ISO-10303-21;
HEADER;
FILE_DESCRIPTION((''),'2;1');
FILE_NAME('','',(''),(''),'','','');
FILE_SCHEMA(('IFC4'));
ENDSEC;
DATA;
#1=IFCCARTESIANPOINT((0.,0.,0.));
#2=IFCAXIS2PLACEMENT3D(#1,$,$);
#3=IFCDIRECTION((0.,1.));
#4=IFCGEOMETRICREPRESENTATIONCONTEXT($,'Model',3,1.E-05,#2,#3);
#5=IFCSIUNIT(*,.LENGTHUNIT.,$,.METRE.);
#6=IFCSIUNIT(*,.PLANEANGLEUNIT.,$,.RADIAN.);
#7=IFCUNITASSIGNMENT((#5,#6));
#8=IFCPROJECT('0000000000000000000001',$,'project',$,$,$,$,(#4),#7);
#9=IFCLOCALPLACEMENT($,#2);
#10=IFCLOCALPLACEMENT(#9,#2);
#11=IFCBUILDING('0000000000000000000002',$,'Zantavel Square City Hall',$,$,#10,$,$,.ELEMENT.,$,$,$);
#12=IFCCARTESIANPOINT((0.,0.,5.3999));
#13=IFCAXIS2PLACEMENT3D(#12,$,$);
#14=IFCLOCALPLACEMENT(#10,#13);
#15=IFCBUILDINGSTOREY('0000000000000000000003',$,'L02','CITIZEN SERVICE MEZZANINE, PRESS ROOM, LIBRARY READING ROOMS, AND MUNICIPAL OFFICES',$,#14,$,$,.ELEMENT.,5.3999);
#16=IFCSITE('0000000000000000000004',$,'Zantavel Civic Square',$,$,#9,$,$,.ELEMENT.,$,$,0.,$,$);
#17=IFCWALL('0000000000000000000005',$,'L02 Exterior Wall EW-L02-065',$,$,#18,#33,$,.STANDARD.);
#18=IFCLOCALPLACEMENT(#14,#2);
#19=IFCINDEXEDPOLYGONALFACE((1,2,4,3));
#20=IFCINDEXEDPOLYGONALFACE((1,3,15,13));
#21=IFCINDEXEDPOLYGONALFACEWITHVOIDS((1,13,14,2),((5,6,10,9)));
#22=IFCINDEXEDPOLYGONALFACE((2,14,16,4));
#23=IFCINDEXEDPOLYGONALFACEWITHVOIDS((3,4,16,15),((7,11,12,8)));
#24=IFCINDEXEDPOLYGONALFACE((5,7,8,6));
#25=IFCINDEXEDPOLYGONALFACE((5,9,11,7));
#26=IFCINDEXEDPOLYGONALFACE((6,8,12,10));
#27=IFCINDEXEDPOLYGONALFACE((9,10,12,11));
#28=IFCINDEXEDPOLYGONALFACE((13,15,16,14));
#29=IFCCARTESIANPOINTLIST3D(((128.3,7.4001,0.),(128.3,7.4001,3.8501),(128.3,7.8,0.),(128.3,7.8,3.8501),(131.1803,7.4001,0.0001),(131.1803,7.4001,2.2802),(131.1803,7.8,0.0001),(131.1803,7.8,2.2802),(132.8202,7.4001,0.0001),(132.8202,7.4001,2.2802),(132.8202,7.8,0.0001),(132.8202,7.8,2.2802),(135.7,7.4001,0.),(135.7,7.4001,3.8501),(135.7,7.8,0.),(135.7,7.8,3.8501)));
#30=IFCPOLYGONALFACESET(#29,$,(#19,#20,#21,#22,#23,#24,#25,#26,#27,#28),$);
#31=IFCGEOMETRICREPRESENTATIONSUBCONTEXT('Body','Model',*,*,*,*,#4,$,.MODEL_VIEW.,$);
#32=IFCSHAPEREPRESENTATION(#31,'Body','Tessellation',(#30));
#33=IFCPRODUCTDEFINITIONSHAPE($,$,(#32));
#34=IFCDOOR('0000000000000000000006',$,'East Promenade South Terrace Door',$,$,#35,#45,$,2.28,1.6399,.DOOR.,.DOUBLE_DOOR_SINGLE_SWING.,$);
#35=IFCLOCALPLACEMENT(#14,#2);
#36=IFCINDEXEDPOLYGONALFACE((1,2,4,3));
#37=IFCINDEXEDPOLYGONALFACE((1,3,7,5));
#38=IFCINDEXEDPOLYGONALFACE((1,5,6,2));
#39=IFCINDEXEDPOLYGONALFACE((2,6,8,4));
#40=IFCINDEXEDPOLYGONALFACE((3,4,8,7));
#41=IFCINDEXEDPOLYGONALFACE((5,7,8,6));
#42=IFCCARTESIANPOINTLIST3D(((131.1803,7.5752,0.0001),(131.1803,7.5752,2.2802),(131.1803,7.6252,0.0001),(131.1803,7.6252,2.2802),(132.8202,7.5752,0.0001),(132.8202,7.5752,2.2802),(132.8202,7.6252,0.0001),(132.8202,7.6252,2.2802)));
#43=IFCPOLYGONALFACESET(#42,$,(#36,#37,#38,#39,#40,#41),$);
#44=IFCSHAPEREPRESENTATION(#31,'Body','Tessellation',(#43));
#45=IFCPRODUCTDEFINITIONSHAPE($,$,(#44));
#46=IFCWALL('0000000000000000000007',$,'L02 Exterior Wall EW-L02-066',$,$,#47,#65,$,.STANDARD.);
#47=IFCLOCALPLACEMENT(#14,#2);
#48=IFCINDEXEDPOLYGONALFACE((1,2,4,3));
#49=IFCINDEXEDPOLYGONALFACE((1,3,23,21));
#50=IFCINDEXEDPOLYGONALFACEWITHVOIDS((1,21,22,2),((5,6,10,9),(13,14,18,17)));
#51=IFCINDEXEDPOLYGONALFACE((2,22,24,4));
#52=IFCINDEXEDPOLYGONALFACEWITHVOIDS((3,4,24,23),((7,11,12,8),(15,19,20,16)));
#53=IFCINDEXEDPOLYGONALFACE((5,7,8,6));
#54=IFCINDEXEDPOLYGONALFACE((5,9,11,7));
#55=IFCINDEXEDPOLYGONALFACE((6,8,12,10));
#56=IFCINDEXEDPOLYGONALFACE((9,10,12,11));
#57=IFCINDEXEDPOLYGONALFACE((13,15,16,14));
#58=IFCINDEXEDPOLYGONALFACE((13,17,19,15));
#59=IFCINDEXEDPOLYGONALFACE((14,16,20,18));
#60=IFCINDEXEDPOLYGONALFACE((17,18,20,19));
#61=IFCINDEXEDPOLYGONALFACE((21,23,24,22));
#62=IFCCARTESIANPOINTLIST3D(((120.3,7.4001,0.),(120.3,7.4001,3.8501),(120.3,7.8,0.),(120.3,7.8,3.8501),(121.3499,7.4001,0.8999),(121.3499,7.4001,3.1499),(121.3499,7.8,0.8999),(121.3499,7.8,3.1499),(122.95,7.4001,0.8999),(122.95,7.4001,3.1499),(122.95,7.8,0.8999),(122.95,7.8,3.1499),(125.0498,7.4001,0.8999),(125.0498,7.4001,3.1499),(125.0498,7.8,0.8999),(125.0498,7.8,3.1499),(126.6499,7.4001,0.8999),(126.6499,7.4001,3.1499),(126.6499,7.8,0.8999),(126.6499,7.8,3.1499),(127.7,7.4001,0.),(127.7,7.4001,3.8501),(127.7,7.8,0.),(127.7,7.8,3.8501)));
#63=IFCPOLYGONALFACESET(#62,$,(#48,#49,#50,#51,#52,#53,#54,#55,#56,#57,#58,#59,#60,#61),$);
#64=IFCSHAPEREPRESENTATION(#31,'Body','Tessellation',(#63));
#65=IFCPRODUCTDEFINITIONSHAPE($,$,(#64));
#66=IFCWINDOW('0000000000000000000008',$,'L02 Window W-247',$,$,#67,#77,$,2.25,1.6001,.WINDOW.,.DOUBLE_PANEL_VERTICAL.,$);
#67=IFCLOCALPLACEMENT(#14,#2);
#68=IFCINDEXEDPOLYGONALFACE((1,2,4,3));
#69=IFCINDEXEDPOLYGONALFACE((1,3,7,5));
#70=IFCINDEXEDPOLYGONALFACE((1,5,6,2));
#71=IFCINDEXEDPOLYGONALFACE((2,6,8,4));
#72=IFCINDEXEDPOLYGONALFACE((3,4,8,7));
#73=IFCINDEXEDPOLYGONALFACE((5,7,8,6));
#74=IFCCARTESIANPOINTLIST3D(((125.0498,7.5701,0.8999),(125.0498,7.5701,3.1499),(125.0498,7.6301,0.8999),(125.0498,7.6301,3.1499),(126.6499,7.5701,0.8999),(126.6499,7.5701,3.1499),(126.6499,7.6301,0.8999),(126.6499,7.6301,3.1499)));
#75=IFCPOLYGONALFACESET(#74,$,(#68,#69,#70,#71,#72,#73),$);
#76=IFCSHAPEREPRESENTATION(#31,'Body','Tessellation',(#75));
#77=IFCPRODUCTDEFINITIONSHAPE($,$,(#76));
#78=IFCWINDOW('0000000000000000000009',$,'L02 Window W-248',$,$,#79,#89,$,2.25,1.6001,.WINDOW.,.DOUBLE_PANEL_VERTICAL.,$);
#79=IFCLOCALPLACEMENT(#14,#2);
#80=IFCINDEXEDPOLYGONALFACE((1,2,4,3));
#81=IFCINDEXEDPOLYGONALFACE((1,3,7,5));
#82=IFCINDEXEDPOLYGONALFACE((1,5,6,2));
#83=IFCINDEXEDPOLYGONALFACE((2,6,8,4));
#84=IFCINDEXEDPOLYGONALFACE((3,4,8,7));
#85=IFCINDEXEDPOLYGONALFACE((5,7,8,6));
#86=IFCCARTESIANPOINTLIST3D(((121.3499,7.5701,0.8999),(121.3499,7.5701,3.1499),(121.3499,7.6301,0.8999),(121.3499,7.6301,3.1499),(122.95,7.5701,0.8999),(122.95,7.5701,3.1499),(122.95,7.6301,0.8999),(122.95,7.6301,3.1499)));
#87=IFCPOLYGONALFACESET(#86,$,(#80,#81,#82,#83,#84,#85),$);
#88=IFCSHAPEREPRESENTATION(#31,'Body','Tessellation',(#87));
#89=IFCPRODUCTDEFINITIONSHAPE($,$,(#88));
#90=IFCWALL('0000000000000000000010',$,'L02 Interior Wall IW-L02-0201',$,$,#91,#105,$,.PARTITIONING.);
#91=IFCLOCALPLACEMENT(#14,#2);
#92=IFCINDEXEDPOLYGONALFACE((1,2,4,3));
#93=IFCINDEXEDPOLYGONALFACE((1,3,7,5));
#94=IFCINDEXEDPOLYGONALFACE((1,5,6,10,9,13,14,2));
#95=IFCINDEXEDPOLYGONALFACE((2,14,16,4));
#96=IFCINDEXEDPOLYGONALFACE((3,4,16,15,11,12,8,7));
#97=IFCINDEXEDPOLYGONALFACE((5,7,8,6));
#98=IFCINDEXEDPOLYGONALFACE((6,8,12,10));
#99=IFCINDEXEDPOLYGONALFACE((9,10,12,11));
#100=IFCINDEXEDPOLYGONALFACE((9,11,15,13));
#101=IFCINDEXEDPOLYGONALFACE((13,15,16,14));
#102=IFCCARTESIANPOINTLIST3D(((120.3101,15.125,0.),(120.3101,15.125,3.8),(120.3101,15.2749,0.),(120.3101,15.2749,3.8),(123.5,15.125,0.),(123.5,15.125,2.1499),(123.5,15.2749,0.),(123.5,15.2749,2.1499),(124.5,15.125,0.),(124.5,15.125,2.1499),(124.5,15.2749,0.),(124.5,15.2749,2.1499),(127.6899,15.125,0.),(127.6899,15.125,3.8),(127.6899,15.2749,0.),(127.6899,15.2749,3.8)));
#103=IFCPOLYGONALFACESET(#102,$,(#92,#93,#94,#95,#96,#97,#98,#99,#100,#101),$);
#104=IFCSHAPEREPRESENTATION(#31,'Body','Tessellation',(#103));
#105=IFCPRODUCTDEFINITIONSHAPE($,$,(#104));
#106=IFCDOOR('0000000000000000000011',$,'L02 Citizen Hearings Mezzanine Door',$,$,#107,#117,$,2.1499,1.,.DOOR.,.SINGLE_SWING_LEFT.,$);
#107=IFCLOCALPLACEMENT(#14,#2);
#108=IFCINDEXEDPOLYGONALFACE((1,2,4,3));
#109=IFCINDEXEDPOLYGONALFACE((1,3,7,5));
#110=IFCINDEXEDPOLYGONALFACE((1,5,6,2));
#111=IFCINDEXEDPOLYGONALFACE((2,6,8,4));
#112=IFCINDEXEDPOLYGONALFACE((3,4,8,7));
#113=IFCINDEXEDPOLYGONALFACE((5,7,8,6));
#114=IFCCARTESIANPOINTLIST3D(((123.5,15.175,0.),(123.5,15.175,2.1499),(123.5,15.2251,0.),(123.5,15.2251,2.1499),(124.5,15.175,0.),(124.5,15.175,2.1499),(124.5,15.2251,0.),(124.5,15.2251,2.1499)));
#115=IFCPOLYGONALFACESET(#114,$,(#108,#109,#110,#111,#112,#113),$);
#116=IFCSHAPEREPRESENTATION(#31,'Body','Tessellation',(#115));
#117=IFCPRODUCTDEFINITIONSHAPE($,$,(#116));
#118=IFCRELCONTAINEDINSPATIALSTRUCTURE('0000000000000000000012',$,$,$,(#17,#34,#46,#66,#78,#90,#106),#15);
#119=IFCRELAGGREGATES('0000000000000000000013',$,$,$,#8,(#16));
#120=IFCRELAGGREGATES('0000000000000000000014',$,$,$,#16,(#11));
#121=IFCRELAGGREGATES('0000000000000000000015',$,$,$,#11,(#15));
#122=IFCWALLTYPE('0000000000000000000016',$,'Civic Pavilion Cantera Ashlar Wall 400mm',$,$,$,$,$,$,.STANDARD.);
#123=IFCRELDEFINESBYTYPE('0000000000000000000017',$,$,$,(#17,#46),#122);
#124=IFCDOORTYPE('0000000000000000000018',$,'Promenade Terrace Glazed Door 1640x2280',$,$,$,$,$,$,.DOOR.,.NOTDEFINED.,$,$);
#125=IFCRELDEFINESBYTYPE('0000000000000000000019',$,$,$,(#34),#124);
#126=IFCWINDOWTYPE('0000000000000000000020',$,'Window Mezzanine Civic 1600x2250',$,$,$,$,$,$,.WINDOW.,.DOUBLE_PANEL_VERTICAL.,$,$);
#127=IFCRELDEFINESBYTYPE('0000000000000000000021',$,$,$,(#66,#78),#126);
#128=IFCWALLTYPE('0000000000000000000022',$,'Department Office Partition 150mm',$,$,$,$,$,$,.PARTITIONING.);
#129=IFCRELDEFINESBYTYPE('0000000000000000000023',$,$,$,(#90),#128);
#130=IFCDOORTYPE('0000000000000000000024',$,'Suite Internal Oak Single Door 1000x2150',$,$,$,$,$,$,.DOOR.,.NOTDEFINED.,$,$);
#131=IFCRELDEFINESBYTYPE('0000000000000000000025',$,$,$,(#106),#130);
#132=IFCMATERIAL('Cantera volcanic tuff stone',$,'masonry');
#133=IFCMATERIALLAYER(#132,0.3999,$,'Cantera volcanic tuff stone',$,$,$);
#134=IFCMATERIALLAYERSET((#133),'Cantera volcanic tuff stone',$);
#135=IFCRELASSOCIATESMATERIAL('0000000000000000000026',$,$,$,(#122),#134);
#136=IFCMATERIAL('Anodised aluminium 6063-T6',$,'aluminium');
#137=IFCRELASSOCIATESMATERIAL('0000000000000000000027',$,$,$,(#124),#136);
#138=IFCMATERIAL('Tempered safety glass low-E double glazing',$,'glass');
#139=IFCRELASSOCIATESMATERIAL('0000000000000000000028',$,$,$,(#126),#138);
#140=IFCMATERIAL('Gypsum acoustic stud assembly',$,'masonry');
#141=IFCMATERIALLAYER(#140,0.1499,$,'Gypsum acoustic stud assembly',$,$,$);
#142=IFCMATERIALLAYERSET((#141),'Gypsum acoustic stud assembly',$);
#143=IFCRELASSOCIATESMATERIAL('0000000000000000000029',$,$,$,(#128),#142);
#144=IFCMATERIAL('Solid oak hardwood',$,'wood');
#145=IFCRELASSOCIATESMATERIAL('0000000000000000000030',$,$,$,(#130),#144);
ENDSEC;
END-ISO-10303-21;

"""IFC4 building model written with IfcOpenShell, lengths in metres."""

from ifc_helpers import new_model, si_unit, direction, frame, frame_2d, origin, place, context, subcontext, project, spatial, rectangle, extrude, material, layer, layer_set, type_object, element, fill, save


model = new_model("IFC4")

# Units and contexts
model_context = context("Model", 3, precision=1e-05, world=origin(), true_north=direction((0.0, 1.0)))
body_context = subcontext(model_context, "Body", "Model", "MODEL_VIEW")
ifc_project = project(units=[si_unit("LENGTHUNIT", "METRE"), si_unit("PLANEANGLEUNIT", "RADIAN")], contexts=[model_context])

# Site, building, storey
site_placement = place(None, origin())
site = spatial("IfcSite", under=ifc_project, at=site_placement, Name="Zantavel Civic Square", CompositionType="ELEMENT", RefElevation=0.0)
building_placement = place(site_placement, origin())
building = spatial("IfcBuilding", under=site, at=building_placement, Name="Zantavel Square City Hall", CompositionType="ELEMENT")
storey_placement = place(building_placement, frame((0.0, 0.0, 5.3999)))
storey = spatial("IfcBuildingStorey", under=building, at=storey_placement, Name="L02", Description="CITIZEN SERVICE MEZZANINE, PRESS ROOM, LIBRARY READING ROOMS, AND MUNICIPAL OFFICES", CompositionType="ELEMENT", Elevation=5.3999)

# Wall, opening, door
ifc_material_1 = material(Name="Cantera volcanic tuff stone", Category="masonry")
ifc_layer_1 = layer(ifc_material_1, 0.3999, Name="Cantera volcanic tuff stone")
ifc_layer_set_1 = layer_set([ifc_layer_1], Name="Cantera volcanic tuff stone")
wall_type_1 = type_object("IfcWallType", Name="Civic Pavilion Cantera Ashlar Wall 400mm", PredefinedType="STANDARD", material=ifc_layer_set_1)
wall_1_placement = place(storey_placement, frame((135.7, 7.6001, 0.0), z_axis=(0.0, 0.0, 1.0), x_axis=(-1.0, 0.0, 0.0)))
wall_1 = element("IfcWall", 1, at=wall_1_placement, inside=storey, type_object=wall_type_1, Name="L02 Exterior Wall EW-L02-065", PredefinedType="STANDARD", context=body_context, shape_type="SweptSolid", body=[
    extrude(rectangle(XDim=7.3999, YDim=0.3999, at=frame_2d((3.7, 0.0))), origin(), (0.0, 0.0, 1.0), 3.8501),
])
opening_1_placement = place(wall_1_placement, frame((2.8799, 0.0, 0.0)))
opening_1 = element("IfcOpeningElement", 2, at=opening_1_placement, cuts=wall_1, PredefinedType="OPENING", context=body_context, shape_type="SweptSolid", body=[
    extrude(rectangle(XDim=1.6399, YDim=2.28, at=frame_2d((0.8198, 1.1401))), frame((0.0, 0.21, 0.0), z_axis=(0.0, -1.0, 0.0), x_axis=(1.0, 0.0, 0.0)), (0.0, 0.0, 1.0), 0.4199),
])
ifc_material_2 = material(Name="Anodised aluminium 6063-T6", Category="aluminium")
door_type_1 = type_object("IfcDoorType", Name="Promenade Terrace Glazed Door 1640x2280", OperationType="NOTDEFINED", PredefinedType="DOOR", material=ifc_material_2)
door_1_placement = place(opening_1_placement, origin())
door_1 = element("IfcDoor", 3, at=door_1_placement, inside=storey, type_object=door_type_1, Name="East Promenade South Terrace Door", OperationType="DOUBLE_DOOR_SINGLE_SWING", OverallHeight=2.28, OverallWidth=1.6399, PredefinedType="DOOR", context=body_context, shape_type="SweptSolid", body=[
    extrude(rectangle(XDim=1.6399, YDim=2.28, at=frame_2d((0.8198, 1.1401))), frame((0.0, 0.0249, 0.0), z_axis=(0.0, -1.0, 0.0), x_axis=(1.0, 0.0, 0.0)), (0.0, 0.0, 1.0), 0.05),
])
fill(opening_1, door_1)

# Wall, openings, windows
wall_2_placement = place(storey_placement, frame((127.7, 7.6001, 0.0), z_axis=(0.0, 0.0, 1.0), x_axis=(-1.0, 0.0, 0.0)))
wall_2 = element("IfcWall", 4, at=wall_2_placement, inside=storey, type_object=wall_type_1, Name="L02 Exterior Wall EW-L02-066", PredefinedType="STANDARD", context=body_context, shape_type="SweptSolid", body=[
    extrude(rectangle(XDim=7.3999, YDim=0.3999, at=frame_2d((3.7, 0.0))), origin(), (0.0, 0.0, 1.0), 3.8501),
])
opening_2_placement = place(wall_2_placement, frame((1.05, 0.0, 0.8999)))
opening_2 = element("IfcOpeningElement", 5, at=opening_2_placement, cuts=wall_2, PredefinedType="OPENING", context=body_context, shape_type="SweptSolid", body=[
    extrude(rectangle(XDim=1.6001, YDim=2.25, at=frame_2d((0.8, 1.125))), frame((0.0, 0.21, 0.0), z_axis=(0.0, -1.0, 0.0), x_axis=(1.0, 0.0, 0.0)), (0.0, 0.0, 1.0), 0.4199),
])
opening_3_placement = place(wall_2_placement, frame((4.75, 0.0, 0.8999)))
opening_3 = element("IfcOpeningElement", 6, at=opening_3_placement, cuts=wall_2, PredefinedType="OPENING", context=body_context, shape_type="SweptSolid", body=[
    extrude(rectangle(XDim=1.6001, YDim=2.25, at=frame_2d((0.8, 1.125))), frame((0.0, 0.21, 0.0), z_axis=(0.0, -1.0, 0.0), x_axis=(1.0, 0.0, 0.0)), (0.0, 0.0, 1.0), 0.4199),
])
ifc_material_3 = material(Name="Tempered safety glass low-E double glazing", Category="glass")
window_type = type_object("IfcWindowType", Name="Window Mezzanine Civic 1600x2250", PartitioningType="DOUBLE_PANEL_VERTICAL", PredefinedType="WINDOW", material=ifc_material_3)
window_1_placement = place(opening_2_placement, origin())
window_1 = element("IfcWindow", 7, at=window_1_placement, inside=storey, type_object=window_type, Name="L02 Window W-247", OverallHeight=2.25, OverallWidth=1.6001, PartitioningType="DOUBLE_PANEL_VERTICAL", PredefinedType="WINDOW", context=body_context, shape_type="SweptSolid", body=[
    extrude(rectangle(XDim=1.6001, YDim=2.25, at=frame_2d((0.8, 1.125))), frame((0.0, 0.03, 0.0), z_axis=(0.0, -1.0, 0.0), x_axis=(1.0, 0.0, 0.0)), (0.0, 0.0, 1.0), 0.0601),
])
fill(opening_2, window_1)
window_2_placement = place(opening_3_placement, origin())
window_2 = element("IfcWindow", 8, at=window_2_placement, inside=storey, type_object=window_type, Name="L02 Window W-248", OverallHeight=2.25, OverallWidth=1.6001, PartitioningType="DOUBLE_PANEL_VERTICAL", PredefinedType="WINDOW", context=body_context, shape_type="SweptSolid", body=[
    extrude(rectangle(XDim=1.6001, YDim=2.25, at=frame_2d((0.8, 1.125))), frame((0.0, 0.03, 0.0), z_axis=(0.0, -1.0, 0.0), x_axis=(1.0, 0.0, 0.0)), (0.0, 0.0, 1.0), 0.0601),
])
fill(opening_3, window_2)

# Wall, opening, door
ifc_material_4 = material(Name="Gypsum acoustic stud assembly", Category="masonry")
ifc_layer_2 = layer(ifc_material_4, 0.1499, Name="Gypsum acoustic stud assembly")
ifc_layer_set_2 = layer_set([ifc_layer_2], Name="Gypsum acoustic stud assembly")
wall_type_2 = type_object("IfcWallType", Name="Department Office Partition 150mm", PredefinedType="PARTITIONING", material=ifc_layer_set_2)
wall_3_placement = place(storey_placement, frame((127.6899, 15.2, 0.0), z_axis=(0.0, 0.0, 1.0), x_axis=(-1.0, 0.0, 0.0)))
wall_3 = element("IfcWall", 9, at=wall_3_placement, inside=storey, type_object=wall_type_2, Name="L02 Interior Wall IW-L02-0201", PredefinedType="PARTITIONING", context=body_context, shape_type="SweptSolid", body=[
    extrude(rectangle(XDim=7.3799, YDim=0.1499, at=frame_2d((3.6899, 0.0))), origin(), (0.0, 0.0, 1.0), 3.8),
])
opening_4_placement = place(wall_3_placement, frame((3.1899, 0.0, 0.0)))
opening_4 = element("IfcOpeningElement", 10, at=opening_4_placement, cuts=wall_3, PredefinedType="OPENING", context=body_context, shape_type="SweptSolid", body=[
    extrude(rectangle(XDim=1.0, YDim=2.1499, at=frame_2d((0.5, 1.075))), frame((0.0, 0.085, 0.0), z_axis=(0.0, -1.0, 0.0), x_axis=(1.0, 0.0, 0.0)), (0.0, 0.0, 1.0), 0.1699),
])
ifc_material_5 = material(Name="Solid oak hardwood", Category="wood")
door_type_2 = type_object("IfcDoorType", Name="Suite Internal Oak Single Door 1000x2150", OperationType="NOTDEFINED", PredefinedType="DOOR", material=ifc_material_5)
door_2_placement = place(opening_4_placement, origin())
door_2 = element("IfcDoor", 11, at=door_2_placement, inside=storey, type_object=door_type_2, Name="L02 Citizen Hearings Mezzanine Door", OperationType="SINGLE_SWING_LEFT", OverallHeight=2.1499, OverallWidth=1.0, PredefinedType="DOOR", context=body_context, shape_type="SweptSolid", body=[
    extrude(rectangle(XDim=1.0, YDim=2.1499, at=frame_2d((0.5, 1.075))), frame((0.0, 0.0249, 0.0), z_axis=(0.0, -1.0, 0.0), x_axis=(1.0, 0.0, 0.0)), (0.0, 0.0, 1.0), 0.05),
])
fill(opening_4, door_2)

save(model, "model.ifc")
